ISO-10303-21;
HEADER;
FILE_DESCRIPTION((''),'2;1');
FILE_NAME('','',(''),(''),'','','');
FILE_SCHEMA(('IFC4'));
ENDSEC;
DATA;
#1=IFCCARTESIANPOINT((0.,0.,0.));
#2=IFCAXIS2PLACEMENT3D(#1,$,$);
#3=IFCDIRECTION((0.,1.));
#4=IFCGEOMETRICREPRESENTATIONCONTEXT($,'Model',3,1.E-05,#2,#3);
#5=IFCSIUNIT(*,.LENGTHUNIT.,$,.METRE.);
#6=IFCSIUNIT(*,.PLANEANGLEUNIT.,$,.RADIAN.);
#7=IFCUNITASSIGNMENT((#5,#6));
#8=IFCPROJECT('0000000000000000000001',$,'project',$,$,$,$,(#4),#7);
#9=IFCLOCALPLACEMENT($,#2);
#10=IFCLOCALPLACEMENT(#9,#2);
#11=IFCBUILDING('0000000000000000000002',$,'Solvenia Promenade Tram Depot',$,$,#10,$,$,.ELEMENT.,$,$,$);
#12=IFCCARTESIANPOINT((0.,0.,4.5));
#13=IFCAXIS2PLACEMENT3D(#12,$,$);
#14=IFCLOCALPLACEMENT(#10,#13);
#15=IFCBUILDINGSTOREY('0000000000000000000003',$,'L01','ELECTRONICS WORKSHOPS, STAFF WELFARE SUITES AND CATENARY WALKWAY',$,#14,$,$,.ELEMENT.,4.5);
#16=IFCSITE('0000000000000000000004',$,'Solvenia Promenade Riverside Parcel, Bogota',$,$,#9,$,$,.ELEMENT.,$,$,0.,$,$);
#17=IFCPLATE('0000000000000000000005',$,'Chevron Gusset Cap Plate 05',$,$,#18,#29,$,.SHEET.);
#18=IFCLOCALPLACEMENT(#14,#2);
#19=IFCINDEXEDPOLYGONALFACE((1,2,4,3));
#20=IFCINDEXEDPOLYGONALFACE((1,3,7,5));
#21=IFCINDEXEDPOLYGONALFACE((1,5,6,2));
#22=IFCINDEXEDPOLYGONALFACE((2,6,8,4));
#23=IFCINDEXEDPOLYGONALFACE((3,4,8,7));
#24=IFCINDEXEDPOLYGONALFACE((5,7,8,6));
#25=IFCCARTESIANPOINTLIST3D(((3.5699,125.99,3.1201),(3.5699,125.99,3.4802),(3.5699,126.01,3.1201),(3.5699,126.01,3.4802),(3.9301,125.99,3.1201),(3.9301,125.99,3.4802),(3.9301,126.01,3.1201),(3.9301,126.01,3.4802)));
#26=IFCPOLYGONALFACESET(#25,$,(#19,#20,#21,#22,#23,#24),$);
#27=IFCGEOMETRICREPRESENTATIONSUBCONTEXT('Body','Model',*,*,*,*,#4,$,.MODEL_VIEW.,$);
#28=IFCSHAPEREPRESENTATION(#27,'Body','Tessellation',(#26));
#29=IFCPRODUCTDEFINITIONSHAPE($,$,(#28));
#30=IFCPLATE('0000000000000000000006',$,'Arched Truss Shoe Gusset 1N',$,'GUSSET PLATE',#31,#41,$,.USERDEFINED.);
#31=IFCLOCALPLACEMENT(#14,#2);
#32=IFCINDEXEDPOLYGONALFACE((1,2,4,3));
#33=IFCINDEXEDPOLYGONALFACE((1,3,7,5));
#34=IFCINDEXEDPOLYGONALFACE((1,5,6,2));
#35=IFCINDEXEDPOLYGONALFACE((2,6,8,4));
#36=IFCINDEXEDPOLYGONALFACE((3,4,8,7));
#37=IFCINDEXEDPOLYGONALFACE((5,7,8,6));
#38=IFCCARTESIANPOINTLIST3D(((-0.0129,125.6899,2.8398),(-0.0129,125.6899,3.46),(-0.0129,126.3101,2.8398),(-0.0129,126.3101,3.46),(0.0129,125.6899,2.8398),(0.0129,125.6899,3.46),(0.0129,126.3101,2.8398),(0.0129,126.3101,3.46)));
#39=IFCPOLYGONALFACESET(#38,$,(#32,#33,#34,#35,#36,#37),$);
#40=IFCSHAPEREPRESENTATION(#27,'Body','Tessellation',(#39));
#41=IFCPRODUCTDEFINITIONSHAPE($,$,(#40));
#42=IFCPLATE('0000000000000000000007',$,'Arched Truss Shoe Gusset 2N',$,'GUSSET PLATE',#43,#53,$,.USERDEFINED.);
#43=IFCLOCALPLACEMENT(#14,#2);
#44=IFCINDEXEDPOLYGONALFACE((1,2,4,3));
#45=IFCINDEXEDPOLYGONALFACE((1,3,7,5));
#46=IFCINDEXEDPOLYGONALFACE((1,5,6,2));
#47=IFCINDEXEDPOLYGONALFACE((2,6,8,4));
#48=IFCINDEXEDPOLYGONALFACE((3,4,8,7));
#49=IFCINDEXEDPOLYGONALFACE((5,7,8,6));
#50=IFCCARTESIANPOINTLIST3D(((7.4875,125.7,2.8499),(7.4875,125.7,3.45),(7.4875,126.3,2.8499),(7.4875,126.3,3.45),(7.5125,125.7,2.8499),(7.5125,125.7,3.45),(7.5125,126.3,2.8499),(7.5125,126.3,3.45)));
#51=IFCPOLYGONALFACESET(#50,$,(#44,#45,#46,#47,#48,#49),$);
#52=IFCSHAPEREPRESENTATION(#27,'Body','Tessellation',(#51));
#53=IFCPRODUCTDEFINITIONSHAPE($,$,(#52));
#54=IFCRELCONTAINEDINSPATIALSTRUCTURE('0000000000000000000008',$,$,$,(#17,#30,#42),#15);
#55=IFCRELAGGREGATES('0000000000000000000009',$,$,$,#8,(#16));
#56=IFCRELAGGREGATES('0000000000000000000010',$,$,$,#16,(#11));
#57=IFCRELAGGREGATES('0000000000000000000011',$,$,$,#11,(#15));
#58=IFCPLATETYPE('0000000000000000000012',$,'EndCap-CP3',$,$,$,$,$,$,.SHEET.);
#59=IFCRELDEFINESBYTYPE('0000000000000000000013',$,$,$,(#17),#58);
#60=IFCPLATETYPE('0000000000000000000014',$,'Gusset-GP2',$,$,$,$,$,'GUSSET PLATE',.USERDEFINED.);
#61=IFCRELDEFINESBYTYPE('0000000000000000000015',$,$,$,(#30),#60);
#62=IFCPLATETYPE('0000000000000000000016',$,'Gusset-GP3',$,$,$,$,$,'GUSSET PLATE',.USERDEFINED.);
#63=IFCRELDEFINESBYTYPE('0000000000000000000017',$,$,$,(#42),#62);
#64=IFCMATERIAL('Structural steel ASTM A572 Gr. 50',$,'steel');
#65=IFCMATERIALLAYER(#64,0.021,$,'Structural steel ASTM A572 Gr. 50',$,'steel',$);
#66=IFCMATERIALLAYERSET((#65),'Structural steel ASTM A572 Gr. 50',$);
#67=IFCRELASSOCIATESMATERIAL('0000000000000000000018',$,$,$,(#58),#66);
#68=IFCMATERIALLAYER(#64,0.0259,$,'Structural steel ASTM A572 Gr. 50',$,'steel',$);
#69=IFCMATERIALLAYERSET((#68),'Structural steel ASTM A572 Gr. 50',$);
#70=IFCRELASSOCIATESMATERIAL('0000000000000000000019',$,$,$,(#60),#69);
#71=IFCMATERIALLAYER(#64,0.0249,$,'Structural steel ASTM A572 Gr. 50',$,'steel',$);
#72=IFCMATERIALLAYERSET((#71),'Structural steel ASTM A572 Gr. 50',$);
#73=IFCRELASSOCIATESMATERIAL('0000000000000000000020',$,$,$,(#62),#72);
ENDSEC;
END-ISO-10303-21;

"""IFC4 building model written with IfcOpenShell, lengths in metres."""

from ifc_helpers import new_model, si_unit, direction, frame, origin, origin_2d, place, context, subcontext, project, spatial, rectangle, extrude, material, layer, layer_set, type_object, element, save


model = new_model("IFC4")

# Units and contexts
model_context = context("Model", 3, precision=1e-05, world=origin(), true_north=direction((0.0, 1.0)))
body_context = subcontext(model_context, "Body", "Model", "MODEL_VIEW")
ifc_project = project(units=[si_unit("LENGTHUNIT", "METRE"), si_unit("PLANEANGLEUNIT", "RADIAN")], contexts=[model_context])

# Site, building, storey
site_placement = place(None, origin())
site = spatial("IfcSite", under=ifc_project, at=site_placement, Name="Solvenia Promenade Riverside Parcel, Bogota", CompositionType="ELEMENT", RefElevation=0.0)
building_placement = place(site_placement, origin())
building = spatial("IfcBuilding", under=site, at=building_placement, Name="Solvenia Promenade Tram Depot", CompositionType="ELEMENT")
storey_placement = place(building_placement, frame((0.0, 0.0, 4.5)))
storey = spatial("IfcBuildingStorey", under=building, at=storey_placement, Name="L01", Description="ELECTRONICS WORKSHOPS, STAFF WELFARE SUITES AND CATENARY WALKWAY", CompositionType="ELEMENT", Elevation=4.5)

# Plates
ifc_material_1 = material(Name="Structural steel ASTM A572 Gr. 50", Category="steel")
ifc_layer_1 = layer(ifc_material_1, 0.021, Name="Structural steel ASTM A572 Gr. 50", Category="steel")
ifc_layer_set_1 = layer_set([ifc_layer_1], Name="Structural steel ASTM A572 Gr. 50")
plate_type_1 = type_object("IfcPlateType", Name="EndCap-CP3", PredefinedType="SHEET", material=ifc_layer_set_1)
plate_1_placement = place(storey_placement, frame((3.75, 126.0, 3.1201), z_axis=(0.0, 0.0, 1.0), x_axis=(1.0, 0.0, 0.0)))
element("IfcPlate", 1, at=plate_1_placement, inside=storey, type_object=plate_type_1, Name="Chevron Gusset Cap Plate 05", PredefinedType="SHEET", context=body_context, shape_type="SweptSolid", body=[
    extrude(rectangle(XDim=0.3601, YDim=0.02, at=origin_2d()), origin(), (0.0, 0.0, 1.0), 0.3601),
])
ifc_layer_2 = layer(ifc_material_1, 0.0259, Name="Structural steel ASTM A572 Gr. 50", Category="steel")
ifc_layer_set_2 = layer_set([ifc_layer_2], Name="Structural steel ASTM A572 Gr. 50")
plate_type_2 = type_object("IfcPlateType", Name="Gusset-GP2", ElementType="GUSSET PLATE", PredefinedType="USERDEFINED", material=ifc_layer_set_2)
plate_2_placement = place(storey_placement, frame((0.0, 126.0, 2.8398), z_axis=(0.0, 0.0, 1.0), x_axis=(1.0, 0.0, 0.0)))
element("IfcPlate", 2, at=plate_2_placement, inside=storey, type_object=plate_type_2, Name="Arched Truss Shoe Gusset 1N", ObjectType="GUSSET PLATE", PredefinedType="USERDEFINED", context=body_context, shape_type="SweptSolid", body=[
    extrude(rectangle(XDim=0.0259, YDim=0.6201, at=origin_2d()), origin(), (0.0, 0.0, 1.0), 0.6201),
])
ifc_layer_3 = layer(ifc_material_1, 0.0249, Name="Structural steel ASTM A572 Gr. 50", Category="steel")
ifc_layer_set_3 = layer_set([ifc_layer_3], Name="Structural steel ASTM A572 Gr. 50")
plate_type_3 = type_object("IfcPlateType", Name="Gusset-GP3", ElementType="GUSSET PLATE", PredefinedType="USERDEFINED", material=ifc_layer_set_3)
plate_3_placement = place(storey_placement, frame((7.5, 126.0, 2.8499), z_axis=(0.0, 0.0, 1.0), x_axis=(1.0, 0.0, 0.0)))
element("IfcPlate", 3, at=plate_3_placement, inside=storey, type_object=plate_type_3, Name="Arched Truss Shoe Gusset 2N", ObjectType="GUSSET PLATE", PredefinedType="USERDEFINED", context=body_context, shape_type="SweptSolid", body=[
    extrude(rectangle(XDim=0.0249, YDim=0.6001, at=origin_2d()), origin(), (0.0, 0.0, 1.0), 0.6001),
])

save(model, "model.ifc")
